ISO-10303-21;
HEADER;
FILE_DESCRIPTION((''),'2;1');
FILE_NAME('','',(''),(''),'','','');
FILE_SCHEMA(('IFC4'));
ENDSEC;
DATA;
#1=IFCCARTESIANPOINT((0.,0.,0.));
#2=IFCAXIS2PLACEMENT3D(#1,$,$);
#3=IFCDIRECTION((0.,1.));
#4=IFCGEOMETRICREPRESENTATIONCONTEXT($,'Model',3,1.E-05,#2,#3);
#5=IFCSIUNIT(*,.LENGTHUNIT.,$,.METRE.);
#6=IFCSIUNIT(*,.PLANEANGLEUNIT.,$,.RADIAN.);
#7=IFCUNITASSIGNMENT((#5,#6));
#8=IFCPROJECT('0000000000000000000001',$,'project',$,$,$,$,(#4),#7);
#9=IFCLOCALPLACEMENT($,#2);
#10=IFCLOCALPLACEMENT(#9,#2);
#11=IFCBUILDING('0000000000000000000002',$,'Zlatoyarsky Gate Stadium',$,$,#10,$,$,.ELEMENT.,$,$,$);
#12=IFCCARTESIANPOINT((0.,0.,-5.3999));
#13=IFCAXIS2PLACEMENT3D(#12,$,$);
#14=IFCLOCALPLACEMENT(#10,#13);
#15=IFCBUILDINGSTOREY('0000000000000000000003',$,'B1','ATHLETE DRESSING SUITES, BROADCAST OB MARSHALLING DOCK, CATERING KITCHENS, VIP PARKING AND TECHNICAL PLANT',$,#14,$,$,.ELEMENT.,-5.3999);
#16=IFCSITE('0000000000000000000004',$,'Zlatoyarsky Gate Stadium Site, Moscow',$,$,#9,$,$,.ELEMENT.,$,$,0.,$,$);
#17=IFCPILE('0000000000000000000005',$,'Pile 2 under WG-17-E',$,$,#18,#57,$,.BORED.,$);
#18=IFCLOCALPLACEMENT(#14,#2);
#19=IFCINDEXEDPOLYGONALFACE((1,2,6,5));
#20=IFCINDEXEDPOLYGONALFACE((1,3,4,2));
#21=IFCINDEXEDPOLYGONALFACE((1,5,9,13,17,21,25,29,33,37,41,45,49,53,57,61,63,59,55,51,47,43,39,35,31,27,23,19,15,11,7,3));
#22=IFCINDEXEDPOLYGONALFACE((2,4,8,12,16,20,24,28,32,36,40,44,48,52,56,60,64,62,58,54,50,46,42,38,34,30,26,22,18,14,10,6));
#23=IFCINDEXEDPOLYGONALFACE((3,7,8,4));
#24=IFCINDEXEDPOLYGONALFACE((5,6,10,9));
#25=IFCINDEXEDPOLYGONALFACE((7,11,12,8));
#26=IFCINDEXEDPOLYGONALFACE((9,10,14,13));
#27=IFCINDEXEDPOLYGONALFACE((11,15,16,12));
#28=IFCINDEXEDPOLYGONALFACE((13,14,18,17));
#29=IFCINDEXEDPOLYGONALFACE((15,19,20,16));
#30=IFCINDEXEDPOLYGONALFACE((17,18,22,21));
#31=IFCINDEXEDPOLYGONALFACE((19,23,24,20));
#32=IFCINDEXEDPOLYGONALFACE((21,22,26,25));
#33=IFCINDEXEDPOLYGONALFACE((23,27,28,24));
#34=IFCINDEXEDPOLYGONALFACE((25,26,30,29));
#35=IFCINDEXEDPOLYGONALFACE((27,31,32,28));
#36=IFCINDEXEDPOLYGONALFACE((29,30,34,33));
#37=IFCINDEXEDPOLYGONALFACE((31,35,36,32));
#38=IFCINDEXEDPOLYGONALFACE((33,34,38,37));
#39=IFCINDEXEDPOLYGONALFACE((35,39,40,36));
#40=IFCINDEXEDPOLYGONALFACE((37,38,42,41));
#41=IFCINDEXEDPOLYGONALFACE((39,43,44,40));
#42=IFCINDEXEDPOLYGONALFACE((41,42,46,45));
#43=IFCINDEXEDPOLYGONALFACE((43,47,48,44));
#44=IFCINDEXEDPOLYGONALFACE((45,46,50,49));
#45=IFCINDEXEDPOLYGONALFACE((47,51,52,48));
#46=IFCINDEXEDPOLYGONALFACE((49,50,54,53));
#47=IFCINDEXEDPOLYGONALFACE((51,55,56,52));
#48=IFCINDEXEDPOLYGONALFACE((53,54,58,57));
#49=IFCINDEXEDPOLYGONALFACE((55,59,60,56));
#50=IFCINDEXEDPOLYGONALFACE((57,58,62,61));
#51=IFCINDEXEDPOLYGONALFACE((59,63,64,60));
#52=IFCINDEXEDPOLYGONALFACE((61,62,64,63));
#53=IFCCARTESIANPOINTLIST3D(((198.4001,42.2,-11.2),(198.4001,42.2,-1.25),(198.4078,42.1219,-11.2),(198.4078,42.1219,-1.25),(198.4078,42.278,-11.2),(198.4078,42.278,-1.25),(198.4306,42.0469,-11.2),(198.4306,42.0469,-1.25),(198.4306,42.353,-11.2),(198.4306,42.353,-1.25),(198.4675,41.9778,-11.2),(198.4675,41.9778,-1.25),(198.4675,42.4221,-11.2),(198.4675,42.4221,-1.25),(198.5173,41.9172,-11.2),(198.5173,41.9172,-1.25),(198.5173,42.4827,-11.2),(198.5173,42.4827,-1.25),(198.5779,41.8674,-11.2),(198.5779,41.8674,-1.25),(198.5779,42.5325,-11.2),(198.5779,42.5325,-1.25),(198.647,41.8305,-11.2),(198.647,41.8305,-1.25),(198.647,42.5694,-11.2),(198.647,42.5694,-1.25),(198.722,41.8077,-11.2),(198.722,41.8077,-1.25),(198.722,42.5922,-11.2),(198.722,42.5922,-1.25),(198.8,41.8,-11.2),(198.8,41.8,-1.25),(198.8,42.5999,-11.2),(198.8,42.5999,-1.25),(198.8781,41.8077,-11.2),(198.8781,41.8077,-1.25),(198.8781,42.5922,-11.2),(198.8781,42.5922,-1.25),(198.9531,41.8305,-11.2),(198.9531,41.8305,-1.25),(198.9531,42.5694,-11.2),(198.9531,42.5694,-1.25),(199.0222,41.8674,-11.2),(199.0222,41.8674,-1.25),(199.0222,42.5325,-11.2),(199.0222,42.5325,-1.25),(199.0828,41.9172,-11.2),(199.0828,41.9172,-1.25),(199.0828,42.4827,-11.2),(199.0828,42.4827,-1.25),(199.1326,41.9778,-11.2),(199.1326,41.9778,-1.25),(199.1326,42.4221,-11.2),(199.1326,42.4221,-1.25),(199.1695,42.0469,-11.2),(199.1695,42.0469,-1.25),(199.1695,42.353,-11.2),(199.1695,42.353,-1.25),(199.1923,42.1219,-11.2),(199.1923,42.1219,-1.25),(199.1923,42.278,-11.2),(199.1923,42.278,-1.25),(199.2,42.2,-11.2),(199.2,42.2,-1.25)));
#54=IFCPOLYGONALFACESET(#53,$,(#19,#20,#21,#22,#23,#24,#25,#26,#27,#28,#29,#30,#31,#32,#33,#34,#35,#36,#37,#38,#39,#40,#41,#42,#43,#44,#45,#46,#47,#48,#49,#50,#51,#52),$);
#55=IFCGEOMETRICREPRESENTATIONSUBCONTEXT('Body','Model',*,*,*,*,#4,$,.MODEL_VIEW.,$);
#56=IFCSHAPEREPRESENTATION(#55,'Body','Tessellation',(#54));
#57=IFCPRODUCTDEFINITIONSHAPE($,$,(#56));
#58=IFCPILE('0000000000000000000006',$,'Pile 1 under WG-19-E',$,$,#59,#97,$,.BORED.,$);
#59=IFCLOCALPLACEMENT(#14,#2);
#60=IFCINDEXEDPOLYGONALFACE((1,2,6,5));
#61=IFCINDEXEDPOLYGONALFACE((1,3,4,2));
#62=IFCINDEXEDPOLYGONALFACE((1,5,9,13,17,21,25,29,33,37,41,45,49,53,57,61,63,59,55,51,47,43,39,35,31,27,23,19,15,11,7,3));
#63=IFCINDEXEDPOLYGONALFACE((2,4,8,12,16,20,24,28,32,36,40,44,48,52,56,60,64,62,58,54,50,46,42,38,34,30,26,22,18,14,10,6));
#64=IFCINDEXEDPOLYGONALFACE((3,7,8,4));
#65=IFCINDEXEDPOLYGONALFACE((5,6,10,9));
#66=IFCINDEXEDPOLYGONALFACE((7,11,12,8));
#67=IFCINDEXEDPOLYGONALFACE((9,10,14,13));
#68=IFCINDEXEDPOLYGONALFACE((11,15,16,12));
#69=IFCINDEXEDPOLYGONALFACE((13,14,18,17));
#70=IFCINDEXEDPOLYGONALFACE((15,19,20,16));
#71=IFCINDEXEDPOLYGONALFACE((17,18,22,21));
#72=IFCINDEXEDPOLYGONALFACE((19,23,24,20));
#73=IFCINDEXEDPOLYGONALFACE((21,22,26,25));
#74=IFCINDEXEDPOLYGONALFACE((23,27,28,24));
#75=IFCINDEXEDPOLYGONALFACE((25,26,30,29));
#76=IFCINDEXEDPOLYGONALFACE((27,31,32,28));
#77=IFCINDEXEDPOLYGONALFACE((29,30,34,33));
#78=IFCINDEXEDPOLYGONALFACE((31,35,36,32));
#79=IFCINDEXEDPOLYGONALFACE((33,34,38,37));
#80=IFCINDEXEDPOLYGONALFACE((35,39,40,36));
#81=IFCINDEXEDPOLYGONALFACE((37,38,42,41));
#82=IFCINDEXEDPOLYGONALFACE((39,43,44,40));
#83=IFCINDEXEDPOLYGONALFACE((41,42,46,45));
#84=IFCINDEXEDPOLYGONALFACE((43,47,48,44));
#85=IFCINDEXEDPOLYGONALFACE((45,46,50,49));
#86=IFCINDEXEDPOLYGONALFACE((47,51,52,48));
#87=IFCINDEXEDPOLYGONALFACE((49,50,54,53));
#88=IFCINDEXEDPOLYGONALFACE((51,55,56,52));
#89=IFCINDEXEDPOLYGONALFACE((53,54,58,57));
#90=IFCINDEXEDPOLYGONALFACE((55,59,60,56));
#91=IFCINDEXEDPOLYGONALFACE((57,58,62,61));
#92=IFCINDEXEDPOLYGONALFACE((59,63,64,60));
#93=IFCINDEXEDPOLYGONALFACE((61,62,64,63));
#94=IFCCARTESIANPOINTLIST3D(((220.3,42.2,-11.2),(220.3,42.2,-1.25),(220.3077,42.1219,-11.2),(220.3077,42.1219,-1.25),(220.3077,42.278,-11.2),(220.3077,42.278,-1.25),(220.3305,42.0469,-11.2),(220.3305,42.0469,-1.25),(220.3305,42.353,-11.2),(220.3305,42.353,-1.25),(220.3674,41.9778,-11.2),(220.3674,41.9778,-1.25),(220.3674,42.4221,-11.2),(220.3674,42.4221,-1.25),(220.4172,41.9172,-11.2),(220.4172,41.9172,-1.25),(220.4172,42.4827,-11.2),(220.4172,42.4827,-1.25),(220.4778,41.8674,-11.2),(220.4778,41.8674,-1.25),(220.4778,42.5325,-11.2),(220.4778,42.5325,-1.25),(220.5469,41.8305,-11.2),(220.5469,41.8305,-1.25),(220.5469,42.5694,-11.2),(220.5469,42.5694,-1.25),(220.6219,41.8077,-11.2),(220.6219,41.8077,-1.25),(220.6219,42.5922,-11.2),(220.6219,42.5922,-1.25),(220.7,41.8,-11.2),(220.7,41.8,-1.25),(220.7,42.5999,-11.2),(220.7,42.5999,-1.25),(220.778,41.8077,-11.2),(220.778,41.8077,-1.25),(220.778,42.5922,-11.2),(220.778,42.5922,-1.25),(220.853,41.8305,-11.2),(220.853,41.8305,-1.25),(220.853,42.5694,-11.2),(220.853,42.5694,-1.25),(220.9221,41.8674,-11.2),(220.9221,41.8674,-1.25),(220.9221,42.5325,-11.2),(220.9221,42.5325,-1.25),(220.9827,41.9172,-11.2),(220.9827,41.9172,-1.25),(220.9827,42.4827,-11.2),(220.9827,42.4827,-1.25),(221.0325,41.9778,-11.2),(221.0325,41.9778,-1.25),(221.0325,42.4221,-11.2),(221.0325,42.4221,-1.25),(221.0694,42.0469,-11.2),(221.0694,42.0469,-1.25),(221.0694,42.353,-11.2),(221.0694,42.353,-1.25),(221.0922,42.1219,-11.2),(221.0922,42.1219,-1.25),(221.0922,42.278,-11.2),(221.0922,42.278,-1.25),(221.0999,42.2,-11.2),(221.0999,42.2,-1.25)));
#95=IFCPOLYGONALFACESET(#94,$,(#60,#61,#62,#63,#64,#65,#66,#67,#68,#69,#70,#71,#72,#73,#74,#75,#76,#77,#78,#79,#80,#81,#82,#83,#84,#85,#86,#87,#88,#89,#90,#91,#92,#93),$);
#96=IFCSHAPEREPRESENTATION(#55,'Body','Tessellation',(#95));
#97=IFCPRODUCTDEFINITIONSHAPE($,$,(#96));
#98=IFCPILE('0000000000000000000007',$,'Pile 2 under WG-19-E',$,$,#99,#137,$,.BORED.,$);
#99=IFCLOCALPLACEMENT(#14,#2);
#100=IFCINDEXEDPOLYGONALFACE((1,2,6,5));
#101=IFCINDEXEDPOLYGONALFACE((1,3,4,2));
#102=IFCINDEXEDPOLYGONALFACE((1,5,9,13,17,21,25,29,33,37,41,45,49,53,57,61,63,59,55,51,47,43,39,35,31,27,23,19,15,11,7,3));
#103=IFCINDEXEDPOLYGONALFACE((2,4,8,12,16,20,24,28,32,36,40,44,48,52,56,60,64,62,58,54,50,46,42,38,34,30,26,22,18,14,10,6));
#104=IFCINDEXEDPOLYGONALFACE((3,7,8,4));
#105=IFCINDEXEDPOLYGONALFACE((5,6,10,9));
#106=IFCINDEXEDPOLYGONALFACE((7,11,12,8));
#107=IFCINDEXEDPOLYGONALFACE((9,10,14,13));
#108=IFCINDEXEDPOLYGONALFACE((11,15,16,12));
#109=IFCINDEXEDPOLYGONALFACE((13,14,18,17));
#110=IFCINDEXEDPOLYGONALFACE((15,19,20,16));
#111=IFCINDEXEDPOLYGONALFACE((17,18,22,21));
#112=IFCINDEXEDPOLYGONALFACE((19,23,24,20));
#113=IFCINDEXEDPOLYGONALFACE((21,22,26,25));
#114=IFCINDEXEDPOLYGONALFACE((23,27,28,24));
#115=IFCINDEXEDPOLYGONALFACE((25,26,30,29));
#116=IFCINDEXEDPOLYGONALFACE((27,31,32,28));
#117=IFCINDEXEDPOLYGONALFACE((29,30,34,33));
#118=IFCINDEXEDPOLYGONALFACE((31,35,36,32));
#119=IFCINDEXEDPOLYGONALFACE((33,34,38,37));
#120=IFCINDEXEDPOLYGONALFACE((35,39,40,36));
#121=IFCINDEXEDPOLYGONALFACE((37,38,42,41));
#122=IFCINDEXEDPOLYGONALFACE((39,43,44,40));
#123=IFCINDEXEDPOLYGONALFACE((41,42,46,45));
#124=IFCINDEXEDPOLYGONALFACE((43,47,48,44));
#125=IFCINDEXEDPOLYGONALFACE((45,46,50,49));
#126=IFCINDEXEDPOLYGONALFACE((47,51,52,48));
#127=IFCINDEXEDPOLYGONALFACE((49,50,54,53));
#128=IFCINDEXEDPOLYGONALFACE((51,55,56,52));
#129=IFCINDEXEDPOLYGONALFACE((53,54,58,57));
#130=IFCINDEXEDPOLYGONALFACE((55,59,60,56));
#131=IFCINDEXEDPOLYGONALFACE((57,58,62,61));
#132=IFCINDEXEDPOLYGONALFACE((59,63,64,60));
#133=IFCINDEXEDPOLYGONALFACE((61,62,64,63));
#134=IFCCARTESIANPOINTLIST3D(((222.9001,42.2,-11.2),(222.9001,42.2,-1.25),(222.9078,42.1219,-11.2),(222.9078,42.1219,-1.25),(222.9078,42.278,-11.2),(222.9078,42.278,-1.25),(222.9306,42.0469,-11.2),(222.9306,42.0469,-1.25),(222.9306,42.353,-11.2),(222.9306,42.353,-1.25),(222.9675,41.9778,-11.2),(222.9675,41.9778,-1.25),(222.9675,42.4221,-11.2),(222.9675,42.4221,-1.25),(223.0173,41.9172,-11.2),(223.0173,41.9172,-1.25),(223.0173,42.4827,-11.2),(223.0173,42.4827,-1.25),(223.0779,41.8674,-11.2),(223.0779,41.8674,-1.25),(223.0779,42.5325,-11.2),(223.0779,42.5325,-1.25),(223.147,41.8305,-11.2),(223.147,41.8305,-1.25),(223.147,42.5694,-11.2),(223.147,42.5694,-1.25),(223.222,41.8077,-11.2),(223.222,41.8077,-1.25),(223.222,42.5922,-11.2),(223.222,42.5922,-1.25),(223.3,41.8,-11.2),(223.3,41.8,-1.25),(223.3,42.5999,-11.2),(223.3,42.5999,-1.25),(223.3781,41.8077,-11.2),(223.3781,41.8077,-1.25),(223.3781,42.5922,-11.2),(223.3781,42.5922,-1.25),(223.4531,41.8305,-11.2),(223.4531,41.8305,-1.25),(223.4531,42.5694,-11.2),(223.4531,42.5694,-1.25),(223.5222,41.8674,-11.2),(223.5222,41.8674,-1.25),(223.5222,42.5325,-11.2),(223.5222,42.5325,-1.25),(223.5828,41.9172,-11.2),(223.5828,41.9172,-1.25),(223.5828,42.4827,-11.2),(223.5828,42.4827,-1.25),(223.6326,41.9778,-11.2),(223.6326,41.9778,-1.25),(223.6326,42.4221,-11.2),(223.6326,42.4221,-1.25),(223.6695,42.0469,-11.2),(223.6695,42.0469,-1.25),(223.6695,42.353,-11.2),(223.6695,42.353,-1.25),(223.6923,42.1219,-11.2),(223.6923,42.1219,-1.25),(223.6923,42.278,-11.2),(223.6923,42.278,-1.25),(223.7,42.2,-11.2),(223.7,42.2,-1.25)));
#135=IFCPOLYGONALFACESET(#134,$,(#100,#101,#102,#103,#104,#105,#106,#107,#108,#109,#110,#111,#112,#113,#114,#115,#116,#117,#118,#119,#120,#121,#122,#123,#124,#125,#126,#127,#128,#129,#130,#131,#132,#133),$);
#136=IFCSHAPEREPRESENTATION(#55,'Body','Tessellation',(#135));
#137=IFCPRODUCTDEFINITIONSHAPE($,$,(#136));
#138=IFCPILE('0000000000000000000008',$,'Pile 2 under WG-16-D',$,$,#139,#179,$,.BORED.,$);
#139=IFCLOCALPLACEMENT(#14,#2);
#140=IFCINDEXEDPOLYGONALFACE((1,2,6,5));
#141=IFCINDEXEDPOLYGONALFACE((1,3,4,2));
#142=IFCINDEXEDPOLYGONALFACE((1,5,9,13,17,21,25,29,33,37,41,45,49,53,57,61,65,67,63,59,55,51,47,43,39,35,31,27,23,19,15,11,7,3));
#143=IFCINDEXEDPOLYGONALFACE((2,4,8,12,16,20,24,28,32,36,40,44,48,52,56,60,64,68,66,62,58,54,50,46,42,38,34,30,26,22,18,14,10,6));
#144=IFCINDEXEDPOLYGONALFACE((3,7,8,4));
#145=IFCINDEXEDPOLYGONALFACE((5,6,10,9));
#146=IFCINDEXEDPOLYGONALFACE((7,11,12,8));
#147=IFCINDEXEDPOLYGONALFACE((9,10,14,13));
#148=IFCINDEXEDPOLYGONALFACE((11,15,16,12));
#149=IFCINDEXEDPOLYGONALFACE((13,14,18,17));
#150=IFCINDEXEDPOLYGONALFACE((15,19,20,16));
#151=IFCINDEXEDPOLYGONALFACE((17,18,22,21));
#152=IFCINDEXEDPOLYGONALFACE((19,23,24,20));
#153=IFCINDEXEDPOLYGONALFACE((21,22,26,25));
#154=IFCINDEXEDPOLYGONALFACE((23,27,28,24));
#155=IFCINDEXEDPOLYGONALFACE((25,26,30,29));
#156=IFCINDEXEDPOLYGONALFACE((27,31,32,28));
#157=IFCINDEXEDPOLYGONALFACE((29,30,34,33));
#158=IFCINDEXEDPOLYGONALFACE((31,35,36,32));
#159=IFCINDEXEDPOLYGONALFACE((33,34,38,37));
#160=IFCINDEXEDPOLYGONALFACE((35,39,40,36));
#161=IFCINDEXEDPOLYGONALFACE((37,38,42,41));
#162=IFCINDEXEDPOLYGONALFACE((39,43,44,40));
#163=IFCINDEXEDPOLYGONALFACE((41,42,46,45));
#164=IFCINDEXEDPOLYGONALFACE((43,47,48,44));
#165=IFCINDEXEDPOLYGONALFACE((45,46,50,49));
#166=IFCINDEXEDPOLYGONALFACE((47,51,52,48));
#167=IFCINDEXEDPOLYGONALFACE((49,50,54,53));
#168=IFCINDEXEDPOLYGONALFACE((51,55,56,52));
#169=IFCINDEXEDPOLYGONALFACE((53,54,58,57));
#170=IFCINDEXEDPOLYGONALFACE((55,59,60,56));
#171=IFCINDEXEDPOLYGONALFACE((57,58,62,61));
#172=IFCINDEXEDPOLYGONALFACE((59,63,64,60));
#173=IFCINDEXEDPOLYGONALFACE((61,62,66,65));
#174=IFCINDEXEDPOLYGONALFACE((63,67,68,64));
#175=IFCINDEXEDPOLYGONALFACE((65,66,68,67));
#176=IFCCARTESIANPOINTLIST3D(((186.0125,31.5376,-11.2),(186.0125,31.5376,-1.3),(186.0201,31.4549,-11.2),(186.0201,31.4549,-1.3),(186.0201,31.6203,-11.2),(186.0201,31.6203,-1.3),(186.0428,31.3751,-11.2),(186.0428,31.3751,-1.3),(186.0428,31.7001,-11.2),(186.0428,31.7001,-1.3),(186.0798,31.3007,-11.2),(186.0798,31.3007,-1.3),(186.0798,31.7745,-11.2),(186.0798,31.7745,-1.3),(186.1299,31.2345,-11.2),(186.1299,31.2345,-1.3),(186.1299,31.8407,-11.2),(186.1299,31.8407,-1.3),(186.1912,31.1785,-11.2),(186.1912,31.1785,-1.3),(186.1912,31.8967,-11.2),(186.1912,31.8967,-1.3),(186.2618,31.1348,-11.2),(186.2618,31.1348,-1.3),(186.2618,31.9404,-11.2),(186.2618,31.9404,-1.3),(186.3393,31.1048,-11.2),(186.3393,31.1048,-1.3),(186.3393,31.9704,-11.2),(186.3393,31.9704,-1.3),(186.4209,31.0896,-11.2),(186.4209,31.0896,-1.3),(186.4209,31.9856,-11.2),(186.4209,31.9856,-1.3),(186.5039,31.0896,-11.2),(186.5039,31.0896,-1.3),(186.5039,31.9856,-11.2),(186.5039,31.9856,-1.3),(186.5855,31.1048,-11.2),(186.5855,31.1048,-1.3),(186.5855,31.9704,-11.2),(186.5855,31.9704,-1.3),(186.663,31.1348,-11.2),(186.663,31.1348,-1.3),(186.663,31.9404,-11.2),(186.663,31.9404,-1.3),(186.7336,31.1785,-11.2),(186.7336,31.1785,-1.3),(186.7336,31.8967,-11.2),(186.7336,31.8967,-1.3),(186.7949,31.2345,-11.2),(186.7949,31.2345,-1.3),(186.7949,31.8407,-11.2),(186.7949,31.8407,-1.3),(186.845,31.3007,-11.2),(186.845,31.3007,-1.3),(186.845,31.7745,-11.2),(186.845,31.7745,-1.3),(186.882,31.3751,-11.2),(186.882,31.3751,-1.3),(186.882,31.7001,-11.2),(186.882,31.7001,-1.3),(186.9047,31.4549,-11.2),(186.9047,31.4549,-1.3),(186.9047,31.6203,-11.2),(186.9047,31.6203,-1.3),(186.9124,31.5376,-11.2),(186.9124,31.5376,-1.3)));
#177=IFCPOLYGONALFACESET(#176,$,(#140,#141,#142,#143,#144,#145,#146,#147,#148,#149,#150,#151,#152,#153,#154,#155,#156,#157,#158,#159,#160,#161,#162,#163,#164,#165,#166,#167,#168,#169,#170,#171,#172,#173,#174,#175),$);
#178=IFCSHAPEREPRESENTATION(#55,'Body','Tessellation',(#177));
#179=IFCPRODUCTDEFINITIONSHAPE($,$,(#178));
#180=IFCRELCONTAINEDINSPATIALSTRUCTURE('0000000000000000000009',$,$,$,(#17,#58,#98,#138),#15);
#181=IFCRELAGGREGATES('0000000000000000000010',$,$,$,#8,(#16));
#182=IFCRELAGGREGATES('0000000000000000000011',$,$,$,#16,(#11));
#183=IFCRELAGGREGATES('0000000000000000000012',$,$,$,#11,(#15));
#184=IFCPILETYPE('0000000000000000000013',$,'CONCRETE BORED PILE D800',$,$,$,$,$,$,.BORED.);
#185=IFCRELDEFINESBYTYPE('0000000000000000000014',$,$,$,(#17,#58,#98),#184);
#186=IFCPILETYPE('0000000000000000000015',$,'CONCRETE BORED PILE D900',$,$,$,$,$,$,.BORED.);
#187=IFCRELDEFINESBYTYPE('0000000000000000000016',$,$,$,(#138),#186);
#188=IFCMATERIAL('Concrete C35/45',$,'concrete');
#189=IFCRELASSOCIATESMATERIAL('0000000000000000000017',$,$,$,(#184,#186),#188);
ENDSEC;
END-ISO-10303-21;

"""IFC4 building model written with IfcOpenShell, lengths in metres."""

from ifc_helpers import new_model, si_unit, direction, frame, origin, origin_2d, place, context, subcontext, project, spatial, circle, extrude, material, material_profile, profile_set, type_object, element, save


model = new_model("IFC4")

# Units and contexts
model_context = context("Model", 3, precision=1e-05, world=origin(), true_north=direction((0.0, 1.0)))
body_context = subcontext(model_context, "Body", "Model", "MODEL_VIEW")
ifc_project = project(units=[si_unit("LENGTHUNIT", "METRE"), si_unit("PLANEANGLEUNIT", "RADIAN")], contexts=[model_context])

# Site, building, storey
site_placement = place(None, origin())
site = spatial("IfcSite", under=ifc_project, at=site_placement, Name="Zlatoyarsky Gate Stadium Site, Moscow", CompositionType="ELEMENT", RefElevation=0.0)
building_placement = place(site_placement, origin())
building = spatial("IfcBuilding", under=site, at=building_placement, Name="Zlatoyarsky Gate Stadium", CompositionType="ELEMENT")
storey_placement = place(building_placement, frame((0.0, 0.0, -5.3999)))
storey = spatial("IfcBuildingStorey", under=building, at=storey_placement, Name="B1", Description="ATHLETE DRESSING SUITES, BROADCAST OB MARSHALLING DOCK, CATERING KITCHENS, VIP PARKING AND TECHNICAL PLANT", CompositionType="ELEMENT", Elevation=-5.3999)

# Piles
ifc_material_1 = material(Name="Concrete C35/45", Category="concrete")
ifc_material_profile_1 = material_profile(ifc_material_1, circle(Radius=0.3999, at=origin_2d()), Name="BORED PILE D800")
ifc_profile_set_1 = profile_set([ifc_material_profile_1], Name="Concrete C35/45")
pile_type_1 = type_object("IfcPileType", Name="CONCRETE BORED PILE D800", PredefinedType="BORED", material=ifc_profile_set_1)
for number, where, z_axis, x_axis, name in (
    (1, (198.8, 42.2, -1.25), (0.0, 0.0, -1.0), (1.0, 0.0, 0.0), "Pile 2 under WG-17-E"),
    (2, (220.7, 42.2, -1.25), (0.0, 0.0, -1.0), (1.0, 0.0, 0.0), "Pile 1 under WG-19-E"),
    (3, (223.3, 42.2, -1.25), (0.0, 0.0, -1.0), (1.0, 0.0, 0.0), "Pile 2 under WG-19-E"),
):
    element("IfcPile", number, at=place(storey_placement, frame(where, z_axis=z_axis, x_axis=x_axis)), inside=storey, type_object=pile_type_1, Name=name, PredefinedType="BORED", context=body_context, shape_type="SweptSolid", body=[
        extrude(circle(Radius=0.3999, at=origin_2d()), origin(), (0.0, 0.0, 1.0), 9.95),
    ])
ifc_material_profile_2 = material_profile(ifc_material_1, circle(Radius=0.45, at=origin_2d()), Name="BORED PILE D900")
ifc_profile_set_2 = profile_set([ifc_material_profile_2], Name="Concrete C35/45")
pile_type_2 = type_object("IfcPileType", Name="CONCRETE BORED PILE D900", PredefinedType="BORED", material=ifc_profile_set_2)
for number, where, z_axis, x_axis, name in (
    (4, (186.4624, 31.5376, -1.3), (0.0, 0.0, -1.0), (1.0, 0.0, 0.0), "Pile 2 under WG-16-D"),
):
    element("IfcPile", number, at=place(storey_placement, frame(where, z_axis=z_axis, x_axis=x_axis)), inside=storey, type_object=pile_type_2, Name=name, PredefinedType="BORED", context=body_context, shape_type="SweptSolid", body=[
        extrude(circle(Radius=0.45, at=origin_2d()), origin(), (0.0, 0.0, 1.0), 9.8999),
    ])

save(model, "model.ifc")
